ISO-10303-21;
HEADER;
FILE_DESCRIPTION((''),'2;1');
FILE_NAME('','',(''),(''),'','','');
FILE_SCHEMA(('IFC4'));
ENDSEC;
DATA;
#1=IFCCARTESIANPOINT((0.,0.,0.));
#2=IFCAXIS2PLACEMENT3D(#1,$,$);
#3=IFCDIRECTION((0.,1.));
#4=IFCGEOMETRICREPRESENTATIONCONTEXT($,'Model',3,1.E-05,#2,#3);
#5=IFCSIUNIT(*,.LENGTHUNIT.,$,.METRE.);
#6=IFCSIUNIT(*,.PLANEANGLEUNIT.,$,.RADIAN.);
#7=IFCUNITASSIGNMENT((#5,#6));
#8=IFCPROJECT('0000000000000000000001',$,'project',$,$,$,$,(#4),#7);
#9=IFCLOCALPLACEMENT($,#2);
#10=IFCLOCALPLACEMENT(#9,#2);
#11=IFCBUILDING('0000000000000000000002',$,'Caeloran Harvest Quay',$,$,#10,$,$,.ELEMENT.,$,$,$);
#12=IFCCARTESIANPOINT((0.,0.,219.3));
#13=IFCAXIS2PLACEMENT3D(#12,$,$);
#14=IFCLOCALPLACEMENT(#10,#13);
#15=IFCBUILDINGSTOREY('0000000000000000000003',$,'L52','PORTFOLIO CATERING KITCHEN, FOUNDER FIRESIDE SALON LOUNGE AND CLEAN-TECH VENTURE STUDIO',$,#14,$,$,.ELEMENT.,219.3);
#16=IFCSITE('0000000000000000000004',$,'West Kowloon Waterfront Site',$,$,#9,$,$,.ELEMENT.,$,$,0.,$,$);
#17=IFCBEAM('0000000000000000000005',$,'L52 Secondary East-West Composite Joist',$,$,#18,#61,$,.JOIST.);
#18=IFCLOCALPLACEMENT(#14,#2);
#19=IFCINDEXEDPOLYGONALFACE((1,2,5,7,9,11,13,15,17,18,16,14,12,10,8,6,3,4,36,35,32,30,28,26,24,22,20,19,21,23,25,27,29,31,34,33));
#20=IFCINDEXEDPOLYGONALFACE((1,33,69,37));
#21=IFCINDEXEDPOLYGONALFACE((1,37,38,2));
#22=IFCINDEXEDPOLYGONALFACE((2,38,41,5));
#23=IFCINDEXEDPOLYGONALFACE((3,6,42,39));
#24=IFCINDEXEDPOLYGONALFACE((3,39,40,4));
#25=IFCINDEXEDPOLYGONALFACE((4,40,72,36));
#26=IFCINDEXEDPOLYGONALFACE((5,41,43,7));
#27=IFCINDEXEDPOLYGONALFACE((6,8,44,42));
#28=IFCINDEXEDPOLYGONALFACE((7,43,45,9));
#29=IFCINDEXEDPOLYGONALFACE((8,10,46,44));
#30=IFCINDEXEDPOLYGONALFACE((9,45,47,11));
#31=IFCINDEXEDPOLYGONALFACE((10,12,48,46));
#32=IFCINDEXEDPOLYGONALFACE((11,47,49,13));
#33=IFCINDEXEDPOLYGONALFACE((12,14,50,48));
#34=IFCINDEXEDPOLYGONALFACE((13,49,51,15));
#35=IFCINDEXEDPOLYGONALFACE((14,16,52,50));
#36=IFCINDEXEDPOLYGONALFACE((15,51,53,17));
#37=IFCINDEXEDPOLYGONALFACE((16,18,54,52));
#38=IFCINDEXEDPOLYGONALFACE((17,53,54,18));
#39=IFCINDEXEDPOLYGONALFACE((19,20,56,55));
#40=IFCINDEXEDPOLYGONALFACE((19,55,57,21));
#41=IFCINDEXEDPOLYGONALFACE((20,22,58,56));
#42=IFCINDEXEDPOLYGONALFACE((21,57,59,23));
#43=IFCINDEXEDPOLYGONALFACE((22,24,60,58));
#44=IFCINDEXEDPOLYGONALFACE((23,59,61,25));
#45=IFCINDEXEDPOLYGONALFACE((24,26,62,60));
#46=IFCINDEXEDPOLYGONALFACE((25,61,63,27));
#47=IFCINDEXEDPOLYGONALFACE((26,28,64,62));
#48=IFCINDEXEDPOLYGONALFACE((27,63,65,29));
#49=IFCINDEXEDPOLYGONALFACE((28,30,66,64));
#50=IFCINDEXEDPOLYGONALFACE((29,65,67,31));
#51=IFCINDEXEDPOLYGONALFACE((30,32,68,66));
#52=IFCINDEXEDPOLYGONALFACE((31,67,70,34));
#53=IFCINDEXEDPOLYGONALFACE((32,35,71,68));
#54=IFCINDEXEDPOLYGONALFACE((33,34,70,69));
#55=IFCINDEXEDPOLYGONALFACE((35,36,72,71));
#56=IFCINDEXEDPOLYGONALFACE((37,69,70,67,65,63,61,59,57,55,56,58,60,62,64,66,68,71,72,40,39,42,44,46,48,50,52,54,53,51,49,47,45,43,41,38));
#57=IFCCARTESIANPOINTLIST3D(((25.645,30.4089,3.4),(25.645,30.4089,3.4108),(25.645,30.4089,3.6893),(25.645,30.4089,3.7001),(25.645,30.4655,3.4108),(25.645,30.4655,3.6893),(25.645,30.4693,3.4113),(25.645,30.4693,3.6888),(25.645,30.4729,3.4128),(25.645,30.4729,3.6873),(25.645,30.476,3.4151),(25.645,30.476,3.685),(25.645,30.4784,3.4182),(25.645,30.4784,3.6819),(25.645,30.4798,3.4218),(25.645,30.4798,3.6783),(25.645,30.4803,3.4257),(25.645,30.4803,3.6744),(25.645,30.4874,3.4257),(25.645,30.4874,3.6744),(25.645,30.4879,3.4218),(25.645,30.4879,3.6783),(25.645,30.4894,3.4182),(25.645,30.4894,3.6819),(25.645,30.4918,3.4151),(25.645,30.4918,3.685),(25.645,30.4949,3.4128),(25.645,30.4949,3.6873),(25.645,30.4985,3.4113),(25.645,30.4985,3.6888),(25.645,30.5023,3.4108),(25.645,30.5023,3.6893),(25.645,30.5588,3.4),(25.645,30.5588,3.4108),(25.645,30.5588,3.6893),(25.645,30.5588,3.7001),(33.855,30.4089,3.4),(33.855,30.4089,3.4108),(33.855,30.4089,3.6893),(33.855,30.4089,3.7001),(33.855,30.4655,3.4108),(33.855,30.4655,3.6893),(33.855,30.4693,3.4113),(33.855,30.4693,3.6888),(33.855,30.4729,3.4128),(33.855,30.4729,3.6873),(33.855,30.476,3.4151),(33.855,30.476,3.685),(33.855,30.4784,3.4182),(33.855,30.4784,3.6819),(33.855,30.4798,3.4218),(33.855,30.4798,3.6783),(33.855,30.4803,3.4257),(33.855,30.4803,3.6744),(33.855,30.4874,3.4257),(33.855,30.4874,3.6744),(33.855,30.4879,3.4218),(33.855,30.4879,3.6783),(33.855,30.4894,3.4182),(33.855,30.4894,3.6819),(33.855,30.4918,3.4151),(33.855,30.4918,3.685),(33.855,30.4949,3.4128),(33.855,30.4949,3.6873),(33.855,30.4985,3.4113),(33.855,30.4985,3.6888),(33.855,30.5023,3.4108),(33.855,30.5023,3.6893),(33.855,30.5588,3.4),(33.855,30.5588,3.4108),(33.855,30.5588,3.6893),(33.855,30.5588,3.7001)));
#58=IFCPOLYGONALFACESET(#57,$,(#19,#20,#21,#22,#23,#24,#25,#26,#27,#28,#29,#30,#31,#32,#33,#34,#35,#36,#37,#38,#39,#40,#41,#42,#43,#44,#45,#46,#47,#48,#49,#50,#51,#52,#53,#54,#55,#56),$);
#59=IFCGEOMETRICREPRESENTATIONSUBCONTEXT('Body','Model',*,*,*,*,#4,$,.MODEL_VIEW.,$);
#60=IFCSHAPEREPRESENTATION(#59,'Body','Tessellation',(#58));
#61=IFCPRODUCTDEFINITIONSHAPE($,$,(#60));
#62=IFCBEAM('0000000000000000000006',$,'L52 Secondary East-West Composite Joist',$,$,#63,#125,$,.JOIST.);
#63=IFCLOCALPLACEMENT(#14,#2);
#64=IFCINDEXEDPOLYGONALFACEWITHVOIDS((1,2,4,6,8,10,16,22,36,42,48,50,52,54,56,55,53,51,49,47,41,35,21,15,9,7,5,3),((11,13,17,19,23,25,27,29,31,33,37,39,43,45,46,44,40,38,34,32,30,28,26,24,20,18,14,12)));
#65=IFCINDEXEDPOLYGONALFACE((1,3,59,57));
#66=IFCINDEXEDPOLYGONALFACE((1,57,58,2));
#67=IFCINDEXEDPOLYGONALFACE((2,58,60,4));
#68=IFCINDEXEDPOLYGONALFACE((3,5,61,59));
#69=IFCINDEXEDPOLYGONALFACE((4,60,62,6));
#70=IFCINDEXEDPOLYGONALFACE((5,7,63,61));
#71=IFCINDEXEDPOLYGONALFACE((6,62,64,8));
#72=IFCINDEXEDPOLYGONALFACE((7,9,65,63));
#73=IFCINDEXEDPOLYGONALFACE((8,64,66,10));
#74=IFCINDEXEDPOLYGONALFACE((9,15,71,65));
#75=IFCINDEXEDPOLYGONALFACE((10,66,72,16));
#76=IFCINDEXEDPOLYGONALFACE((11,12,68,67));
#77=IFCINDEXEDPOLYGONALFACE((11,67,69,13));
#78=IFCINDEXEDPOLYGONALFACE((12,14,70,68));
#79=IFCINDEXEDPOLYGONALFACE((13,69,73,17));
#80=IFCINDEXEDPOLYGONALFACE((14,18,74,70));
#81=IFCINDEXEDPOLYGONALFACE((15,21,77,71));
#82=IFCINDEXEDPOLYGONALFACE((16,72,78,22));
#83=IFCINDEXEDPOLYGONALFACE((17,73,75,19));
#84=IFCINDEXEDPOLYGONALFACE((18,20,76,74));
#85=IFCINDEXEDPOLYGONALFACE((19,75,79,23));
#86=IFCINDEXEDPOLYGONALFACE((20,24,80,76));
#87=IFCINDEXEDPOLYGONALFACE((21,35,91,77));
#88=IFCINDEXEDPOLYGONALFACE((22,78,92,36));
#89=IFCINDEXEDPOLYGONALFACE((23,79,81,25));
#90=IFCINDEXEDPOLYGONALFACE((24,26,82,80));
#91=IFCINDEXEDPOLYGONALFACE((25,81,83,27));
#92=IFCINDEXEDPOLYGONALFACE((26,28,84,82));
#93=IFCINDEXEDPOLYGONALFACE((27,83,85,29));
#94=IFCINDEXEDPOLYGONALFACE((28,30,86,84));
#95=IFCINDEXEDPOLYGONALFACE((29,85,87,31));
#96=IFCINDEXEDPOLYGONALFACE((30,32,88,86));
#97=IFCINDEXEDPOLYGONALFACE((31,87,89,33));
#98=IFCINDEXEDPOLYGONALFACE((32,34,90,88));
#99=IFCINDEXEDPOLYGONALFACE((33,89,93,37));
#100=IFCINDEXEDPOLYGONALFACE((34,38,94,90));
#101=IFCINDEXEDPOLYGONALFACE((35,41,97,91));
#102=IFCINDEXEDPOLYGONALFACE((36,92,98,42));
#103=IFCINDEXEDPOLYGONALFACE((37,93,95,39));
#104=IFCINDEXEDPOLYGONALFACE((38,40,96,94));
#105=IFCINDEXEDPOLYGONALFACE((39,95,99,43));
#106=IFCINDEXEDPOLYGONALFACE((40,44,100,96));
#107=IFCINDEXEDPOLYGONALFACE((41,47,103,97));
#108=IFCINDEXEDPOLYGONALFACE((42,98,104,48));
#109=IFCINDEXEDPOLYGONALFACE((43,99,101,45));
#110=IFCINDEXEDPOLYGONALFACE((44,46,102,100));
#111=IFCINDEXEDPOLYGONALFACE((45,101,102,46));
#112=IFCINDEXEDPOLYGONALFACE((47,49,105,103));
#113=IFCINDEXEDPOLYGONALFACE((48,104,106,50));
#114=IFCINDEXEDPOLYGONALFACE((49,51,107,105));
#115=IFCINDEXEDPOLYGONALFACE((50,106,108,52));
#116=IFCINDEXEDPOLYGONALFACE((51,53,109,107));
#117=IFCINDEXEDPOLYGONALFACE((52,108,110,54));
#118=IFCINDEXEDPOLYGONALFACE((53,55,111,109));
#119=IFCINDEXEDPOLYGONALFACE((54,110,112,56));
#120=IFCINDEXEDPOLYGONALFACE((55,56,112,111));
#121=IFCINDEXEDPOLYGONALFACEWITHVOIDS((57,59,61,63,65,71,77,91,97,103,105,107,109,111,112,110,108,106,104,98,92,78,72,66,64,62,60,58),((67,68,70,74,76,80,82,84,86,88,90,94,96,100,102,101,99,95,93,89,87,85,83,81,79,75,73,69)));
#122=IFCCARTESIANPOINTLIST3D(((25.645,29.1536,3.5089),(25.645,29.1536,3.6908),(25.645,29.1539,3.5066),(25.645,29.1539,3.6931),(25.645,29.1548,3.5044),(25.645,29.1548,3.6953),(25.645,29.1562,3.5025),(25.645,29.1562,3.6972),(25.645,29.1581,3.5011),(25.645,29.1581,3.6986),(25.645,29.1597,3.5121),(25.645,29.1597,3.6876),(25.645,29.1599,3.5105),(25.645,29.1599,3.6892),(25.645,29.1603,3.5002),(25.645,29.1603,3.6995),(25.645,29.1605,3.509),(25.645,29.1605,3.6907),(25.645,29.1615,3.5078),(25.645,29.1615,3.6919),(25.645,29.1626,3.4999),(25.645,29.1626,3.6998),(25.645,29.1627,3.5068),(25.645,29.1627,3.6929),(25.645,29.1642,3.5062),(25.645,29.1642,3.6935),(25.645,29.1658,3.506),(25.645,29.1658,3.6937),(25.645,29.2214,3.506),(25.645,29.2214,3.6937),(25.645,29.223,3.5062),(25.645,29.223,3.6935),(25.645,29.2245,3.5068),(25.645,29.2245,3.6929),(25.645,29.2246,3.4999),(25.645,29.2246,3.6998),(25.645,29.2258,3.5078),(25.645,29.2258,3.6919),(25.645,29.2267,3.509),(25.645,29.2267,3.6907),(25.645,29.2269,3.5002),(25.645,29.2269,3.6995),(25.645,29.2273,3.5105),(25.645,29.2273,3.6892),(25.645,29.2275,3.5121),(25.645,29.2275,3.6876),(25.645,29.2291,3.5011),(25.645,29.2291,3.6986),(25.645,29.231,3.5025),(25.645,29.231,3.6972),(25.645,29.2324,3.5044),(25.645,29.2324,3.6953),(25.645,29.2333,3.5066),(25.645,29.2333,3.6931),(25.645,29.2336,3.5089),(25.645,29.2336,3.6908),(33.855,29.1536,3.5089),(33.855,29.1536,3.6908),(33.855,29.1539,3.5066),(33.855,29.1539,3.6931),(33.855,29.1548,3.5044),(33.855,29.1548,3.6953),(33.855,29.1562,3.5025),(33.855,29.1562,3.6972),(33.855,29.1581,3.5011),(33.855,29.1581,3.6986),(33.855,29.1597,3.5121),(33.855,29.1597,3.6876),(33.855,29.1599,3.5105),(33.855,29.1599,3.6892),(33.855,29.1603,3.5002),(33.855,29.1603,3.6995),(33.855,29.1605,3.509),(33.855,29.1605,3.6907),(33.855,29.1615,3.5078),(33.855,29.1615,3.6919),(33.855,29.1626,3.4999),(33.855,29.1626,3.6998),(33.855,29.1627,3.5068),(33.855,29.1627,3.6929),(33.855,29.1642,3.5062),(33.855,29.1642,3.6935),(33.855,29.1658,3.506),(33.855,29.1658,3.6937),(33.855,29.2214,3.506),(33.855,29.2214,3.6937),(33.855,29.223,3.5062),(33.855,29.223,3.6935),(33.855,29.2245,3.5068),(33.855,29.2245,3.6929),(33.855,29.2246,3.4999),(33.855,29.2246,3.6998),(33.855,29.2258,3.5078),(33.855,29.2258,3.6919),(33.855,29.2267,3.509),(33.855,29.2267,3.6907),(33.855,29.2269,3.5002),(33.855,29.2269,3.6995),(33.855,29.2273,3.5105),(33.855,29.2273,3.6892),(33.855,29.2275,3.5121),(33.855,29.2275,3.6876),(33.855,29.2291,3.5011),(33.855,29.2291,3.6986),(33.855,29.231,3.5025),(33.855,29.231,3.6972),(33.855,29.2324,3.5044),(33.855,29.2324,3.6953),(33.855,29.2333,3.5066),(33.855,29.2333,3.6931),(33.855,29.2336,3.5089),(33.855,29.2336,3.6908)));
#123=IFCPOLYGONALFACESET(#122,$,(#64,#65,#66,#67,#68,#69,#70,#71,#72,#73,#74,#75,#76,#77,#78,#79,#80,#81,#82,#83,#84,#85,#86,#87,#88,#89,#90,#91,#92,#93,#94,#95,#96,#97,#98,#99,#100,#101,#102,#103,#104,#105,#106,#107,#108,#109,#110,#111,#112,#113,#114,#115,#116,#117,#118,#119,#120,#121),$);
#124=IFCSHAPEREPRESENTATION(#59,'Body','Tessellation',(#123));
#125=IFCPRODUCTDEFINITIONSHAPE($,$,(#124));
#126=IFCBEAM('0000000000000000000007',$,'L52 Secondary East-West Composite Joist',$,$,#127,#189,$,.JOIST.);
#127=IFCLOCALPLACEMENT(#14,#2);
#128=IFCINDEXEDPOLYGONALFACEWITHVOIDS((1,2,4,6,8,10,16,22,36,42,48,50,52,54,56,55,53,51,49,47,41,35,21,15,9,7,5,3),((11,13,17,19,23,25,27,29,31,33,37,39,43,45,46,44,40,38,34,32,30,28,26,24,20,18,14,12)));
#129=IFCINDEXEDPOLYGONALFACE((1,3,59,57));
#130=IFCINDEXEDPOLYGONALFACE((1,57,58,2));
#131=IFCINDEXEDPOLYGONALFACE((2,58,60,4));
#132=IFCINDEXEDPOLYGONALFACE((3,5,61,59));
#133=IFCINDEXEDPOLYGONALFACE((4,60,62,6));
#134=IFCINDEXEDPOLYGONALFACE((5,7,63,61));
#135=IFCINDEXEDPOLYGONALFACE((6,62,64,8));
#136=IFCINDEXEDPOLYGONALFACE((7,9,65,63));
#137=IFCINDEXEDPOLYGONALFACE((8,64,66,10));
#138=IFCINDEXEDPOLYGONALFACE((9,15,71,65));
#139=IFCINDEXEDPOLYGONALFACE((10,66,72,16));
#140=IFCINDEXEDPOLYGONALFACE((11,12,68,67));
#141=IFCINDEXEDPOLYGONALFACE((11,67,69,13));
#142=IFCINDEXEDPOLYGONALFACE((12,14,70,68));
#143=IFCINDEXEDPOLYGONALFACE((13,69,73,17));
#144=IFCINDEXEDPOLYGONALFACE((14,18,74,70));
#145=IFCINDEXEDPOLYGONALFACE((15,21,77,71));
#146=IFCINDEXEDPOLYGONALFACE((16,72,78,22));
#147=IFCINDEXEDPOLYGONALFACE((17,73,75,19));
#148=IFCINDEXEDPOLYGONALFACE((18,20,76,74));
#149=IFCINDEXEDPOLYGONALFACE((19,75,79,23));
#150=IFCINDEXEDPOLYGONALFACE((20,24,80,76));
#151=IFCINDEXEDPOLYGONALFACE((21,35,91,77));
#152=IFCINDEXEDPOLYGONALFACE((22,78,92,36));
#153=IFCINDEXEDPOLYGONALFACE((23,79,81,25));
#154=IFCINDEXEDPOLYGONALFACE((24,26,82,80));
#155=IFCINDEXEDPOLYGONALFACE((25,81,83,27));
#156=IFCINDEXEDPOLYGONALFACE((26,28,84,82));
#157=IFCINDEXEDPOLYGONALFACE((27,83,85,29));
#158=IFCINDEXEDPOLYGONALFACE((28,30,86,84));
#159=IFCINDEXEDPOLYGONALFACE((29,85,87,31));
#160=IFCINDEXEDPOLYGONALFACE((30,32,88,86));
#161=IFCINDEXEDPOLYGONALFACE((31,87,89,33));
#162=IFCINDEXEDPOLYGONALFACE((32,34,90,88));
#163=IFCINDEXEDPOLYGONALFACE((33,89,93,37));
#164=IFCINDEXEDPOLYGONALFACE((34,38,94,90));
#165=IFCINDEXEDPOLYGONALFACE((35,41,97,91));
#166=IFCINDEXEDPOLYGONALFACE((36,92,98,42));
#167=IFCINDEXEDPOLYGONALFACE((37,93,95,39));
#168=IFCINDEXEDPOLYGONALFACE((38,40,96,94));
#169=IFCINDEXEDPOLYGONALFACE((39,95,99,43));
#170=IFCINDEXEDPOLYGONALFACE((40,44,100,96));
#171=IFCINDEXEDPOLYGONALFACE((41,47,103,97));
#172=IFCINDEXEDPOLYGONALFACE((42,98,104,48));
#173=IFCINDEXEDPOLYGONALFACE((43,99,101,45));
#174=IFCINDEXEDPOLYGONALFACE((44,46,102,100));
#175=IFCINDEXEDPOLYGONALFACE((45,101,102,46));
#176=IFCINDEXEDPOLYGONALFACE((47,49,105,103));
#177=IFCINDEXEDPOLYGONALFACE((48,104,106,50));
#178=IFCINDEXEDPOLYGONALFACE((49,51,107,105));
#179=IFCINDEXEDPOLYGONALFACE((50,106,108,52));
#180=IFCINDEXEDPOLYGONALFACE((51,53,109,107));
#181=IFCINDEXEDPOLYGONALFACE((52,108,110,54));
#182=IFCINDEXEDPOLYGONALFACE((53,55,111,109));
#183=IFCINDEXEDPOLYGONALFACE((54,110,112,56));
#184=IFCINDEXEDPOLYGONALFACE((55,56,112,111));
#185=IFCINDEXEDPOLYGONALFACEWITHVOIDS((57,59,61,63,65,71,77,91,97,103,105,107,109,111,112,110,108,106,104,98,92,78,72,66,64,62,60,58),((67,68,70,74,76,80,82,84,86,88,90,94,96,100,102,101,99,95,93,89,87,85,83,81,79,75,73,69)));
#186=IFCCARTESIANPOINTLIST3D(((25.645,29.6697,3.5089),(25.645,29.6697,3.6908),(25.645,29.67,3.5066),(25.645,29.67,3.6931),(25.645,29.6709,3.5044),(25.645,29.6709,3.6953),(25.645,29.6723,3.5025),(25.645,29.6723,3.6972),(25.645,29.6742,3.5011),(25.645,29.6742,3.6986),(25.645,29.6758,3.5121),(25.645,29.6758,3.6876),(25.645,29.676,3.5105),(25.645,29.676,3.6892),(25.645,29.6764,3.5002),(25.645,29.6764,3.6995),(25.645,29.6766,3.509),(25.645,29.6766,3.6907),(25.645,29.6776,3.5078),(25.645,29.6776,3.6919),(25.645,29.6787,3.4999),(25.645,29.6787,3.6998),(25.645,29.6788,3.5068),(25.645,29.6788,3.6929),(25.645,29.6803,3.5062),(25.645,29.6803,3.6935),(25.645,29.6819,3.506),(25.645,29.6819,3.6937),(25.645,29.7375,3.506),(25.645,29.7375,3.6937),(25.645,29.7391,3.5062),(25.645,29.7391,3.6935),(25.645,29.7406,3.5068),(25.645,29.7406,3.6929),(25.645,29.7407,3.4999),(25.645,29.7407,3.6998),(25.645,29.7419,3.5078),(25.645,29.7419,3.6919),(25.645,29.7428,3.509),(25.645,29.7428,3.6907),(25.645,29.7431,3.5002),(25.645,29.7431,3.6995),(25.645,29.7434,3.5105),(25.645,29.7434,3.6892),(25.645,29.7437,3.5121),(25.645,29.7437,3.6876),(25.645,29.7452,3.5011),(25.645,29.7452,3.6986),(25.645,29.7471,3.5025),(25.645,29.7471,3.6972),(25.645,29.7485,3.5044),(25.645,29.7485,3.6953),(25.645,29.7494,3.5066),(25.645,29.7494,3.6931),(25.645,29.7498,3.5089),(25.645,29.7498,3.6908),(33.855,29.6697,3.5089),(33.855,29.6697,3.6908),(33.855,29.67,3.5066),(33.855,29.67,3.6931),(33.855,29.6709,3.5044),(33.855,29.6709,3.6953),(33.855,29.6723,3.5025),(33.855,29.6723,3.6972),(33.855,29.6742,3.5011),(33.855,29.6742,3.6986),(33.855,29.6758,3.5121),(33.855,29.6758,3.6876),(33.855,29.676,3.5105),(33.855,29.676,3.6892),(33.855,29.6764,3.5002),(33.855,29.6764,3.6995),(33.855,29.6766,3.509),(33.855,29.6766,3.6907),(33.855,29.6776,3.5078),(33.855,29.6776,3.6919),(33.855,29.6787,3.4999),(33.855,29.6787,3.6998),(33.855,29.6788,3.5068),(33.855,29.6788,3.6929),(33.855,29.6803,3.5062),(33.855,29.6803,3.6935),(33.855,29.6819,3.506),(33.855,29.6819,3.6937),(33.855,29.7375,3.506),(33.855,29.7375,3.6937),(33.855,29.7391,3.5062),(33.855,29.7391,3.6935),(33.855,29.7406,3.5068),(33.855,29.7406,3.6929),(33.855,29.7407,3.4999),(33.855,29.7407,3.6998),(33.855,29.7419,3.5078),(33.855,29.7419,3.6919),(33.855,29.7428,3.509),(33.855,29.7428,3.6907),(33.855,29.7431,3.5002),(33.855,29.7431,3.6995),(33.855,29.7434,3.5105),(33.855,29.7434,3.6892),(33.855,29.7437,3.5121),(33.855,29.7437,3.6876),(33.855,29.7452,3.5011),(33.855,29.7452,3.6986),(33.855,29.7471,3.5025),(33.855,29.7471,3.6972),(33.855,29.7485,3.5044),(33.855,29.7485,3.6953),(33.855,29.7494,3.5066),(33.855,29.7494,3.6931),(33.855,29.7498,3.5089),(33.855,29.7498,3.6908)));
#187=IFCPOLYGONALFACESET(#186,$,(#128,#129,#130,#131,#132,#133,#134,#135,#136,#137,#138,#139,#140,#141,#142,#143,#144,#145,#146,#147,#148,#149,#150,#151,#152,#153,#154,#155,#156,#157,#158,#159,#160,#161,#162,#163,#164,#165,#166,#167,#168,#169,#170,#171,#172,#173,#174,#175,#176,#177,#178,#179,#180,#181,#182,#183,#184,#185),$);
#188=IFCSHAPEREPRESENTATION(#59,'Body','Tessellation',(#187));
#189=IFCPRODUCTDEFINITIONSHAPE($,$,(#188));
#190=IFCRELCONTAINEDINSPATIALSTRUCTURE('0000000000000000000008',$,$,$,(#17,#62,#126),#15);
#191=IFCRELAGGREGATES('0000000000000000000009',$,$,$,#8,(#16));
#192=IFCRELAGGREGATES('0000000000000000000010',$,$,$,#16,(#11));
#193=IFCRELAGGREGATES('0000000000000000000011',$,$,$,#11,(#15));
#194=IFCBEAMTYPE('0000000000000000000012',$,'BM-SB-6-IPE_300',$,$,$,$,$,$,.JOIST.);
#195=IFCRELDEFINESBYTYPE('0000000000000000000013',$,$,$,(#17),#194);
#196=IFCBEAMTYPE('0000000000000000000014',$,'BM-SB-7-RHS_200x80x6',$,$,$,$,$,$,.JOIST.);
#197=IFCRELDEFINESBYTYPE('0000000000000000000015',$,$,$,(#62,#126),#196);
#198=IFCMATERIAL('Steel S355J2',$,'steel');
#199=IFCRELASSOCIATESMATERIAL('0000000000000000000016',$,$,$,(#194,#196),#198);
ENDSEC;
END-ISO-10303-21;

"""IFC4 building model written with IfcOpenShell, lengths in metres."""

from ifc_helpers import new_model, si_unit, direction, frame, origin, origin_2d, place, context, subcontext, project, spatial, hollow_rectangle, i_section, extrude, material, material_profile, profile_set, type_object, element, save


model = new_model("IFC4")

# Units and contexts
model_context = context("Model", 3, precision=1e-05, world=origin(), true_north=direction((0.0, 1.0)))
body_context = subcontext(model_context, "Body", "Model", "MODEL_VIEW")
ifc_project = project(units=[si_unit("LENGTHUNIT", "METRE"), si_unit("PLANEANGLEUNIT", "RADIAN")], contexts=[model_context])

# Site, building, storey
site_placement = place(None, origin())
site = spatial("IfcSite", under=ifc_project, at=site_placement, Name="West Kowloon Waterfront Site", CompositionType="ELEMENT", RefElevation=0.0)
building_placement = place(site_placement, origin())
building = spatial("IfcBuilding", under=site, at=building_placement, Name="Caeloran Harvest Quay", CompositionType="ELEMENT")
storey_placement = place(building_placement, frame((0.0, 0.0, 219.3)))
storey = spatial("IfcBuildingStorey", under=building, at=storey_placement, Name="L52", Description="PORTFOLIO CATERING KITCHEN, FOUNDER FIRESIDE SALON LOUNGE AND CLEAN-TECH VENTURE STUDIO", CompositionType="ELEMENT", Elevation=219.3)

# Beams
ifc_material_1 = material(Name="Steel S355J2", Category="steel")
ifc_material_profile_1 = material_profile(ifc_material_1, i_section(OverallWidth=0.1499, OverallDepth=0.3, WebThickness=0.0071, FlangeThickness=0.0107, FilletRadius=0.0149, at=origin_2d()), Name="IPE 300")
ifc_profile_set_1 = profile_set([ifc_material_profile_1], Name="Steel S355J2")
beam_type_1 = type_object("IfcBeamType", Name="BM-SB-6-IPE_300", PredefinedType="JOIST", material=ifc_profile_set_1)
for number, where, z_axis, x_axis, name in (
    (1, (25.645, 30.4839, 3.55), (1.0, 0.0, 0.0), (0.0, 1.0, 0.0), "L52 Secondary East-West Composite Joist"),
):
    element("IfcBeam", number, at=place(storey_placement, frame(where, z_axis=z_axis, x_axis=x_axis)), inside=storey, type_object=beam_type_1, Name=name, PredefinedType="JOIST", context=body_context, shape_type="SweptSolid", body=[
        extrude(i_section(OverallWidth=0.1499, OverallDepth=0.3, WebThickness=0.0071, FlangeThickness=0.0107, FilletRadius=0.0149, at=origin_2d()), origin(), (0.0, 0.0, 1.0), 8.21),
    ])
ifc_material_profile_2 = material_profile(ifc_material_1, hollow_rectangle(XDim=0.0801, YDim=0.2, WallThickness=0.0061, InnerFilletRadius=0.0061, OuterFilletRadius=0.009, at=origin_2d()), Name="RHS 200x80x6")
ifc_profile_set_2 = profile_set([ifc_material_profile_2], Name="Steel S355J2")
beam_type_2 = type_object("IfcBeamType", Name="BM-SB-7-RHS_200x80x6", PredefinedType="JOIST", material=ifc_profile_set_2)
for number, where, z_axis, x_axis, name in (
    (2, (25.645, 29.1936, 3.5999), (1.0, 0.0, 0.0), (0.0, 1.0, 0.0), "L52 Secondary East-West Composite Joist"),
    (3, (25.645, 29.7097, 3.5999), (1.0, 0.0, 0.0), (0.0, 1.0, 0.0), "L52 Secondary East-West Composite Joist"),
):
    element("IfcBeam", number, at=place(storey_placement, frame(where, z_axis=z_axis, x_axis=x_axis)), inside=storey, type_object=beam_type_2, Name=name, PredefinedType="JOIST", context=body_context, shape_type="SweptSolid", body=[
        extrude(hollow_rectangle(XDim=0.0801, YDim=0.2, WallThickness=0.0061, InnerFilletRadius=0.0061, OuterFilletRadius=0.009, at=origin_2d()), origin(), (0.0, 0.0, 1.0), 8.21),
    ])

save(model, "model.ifc")
